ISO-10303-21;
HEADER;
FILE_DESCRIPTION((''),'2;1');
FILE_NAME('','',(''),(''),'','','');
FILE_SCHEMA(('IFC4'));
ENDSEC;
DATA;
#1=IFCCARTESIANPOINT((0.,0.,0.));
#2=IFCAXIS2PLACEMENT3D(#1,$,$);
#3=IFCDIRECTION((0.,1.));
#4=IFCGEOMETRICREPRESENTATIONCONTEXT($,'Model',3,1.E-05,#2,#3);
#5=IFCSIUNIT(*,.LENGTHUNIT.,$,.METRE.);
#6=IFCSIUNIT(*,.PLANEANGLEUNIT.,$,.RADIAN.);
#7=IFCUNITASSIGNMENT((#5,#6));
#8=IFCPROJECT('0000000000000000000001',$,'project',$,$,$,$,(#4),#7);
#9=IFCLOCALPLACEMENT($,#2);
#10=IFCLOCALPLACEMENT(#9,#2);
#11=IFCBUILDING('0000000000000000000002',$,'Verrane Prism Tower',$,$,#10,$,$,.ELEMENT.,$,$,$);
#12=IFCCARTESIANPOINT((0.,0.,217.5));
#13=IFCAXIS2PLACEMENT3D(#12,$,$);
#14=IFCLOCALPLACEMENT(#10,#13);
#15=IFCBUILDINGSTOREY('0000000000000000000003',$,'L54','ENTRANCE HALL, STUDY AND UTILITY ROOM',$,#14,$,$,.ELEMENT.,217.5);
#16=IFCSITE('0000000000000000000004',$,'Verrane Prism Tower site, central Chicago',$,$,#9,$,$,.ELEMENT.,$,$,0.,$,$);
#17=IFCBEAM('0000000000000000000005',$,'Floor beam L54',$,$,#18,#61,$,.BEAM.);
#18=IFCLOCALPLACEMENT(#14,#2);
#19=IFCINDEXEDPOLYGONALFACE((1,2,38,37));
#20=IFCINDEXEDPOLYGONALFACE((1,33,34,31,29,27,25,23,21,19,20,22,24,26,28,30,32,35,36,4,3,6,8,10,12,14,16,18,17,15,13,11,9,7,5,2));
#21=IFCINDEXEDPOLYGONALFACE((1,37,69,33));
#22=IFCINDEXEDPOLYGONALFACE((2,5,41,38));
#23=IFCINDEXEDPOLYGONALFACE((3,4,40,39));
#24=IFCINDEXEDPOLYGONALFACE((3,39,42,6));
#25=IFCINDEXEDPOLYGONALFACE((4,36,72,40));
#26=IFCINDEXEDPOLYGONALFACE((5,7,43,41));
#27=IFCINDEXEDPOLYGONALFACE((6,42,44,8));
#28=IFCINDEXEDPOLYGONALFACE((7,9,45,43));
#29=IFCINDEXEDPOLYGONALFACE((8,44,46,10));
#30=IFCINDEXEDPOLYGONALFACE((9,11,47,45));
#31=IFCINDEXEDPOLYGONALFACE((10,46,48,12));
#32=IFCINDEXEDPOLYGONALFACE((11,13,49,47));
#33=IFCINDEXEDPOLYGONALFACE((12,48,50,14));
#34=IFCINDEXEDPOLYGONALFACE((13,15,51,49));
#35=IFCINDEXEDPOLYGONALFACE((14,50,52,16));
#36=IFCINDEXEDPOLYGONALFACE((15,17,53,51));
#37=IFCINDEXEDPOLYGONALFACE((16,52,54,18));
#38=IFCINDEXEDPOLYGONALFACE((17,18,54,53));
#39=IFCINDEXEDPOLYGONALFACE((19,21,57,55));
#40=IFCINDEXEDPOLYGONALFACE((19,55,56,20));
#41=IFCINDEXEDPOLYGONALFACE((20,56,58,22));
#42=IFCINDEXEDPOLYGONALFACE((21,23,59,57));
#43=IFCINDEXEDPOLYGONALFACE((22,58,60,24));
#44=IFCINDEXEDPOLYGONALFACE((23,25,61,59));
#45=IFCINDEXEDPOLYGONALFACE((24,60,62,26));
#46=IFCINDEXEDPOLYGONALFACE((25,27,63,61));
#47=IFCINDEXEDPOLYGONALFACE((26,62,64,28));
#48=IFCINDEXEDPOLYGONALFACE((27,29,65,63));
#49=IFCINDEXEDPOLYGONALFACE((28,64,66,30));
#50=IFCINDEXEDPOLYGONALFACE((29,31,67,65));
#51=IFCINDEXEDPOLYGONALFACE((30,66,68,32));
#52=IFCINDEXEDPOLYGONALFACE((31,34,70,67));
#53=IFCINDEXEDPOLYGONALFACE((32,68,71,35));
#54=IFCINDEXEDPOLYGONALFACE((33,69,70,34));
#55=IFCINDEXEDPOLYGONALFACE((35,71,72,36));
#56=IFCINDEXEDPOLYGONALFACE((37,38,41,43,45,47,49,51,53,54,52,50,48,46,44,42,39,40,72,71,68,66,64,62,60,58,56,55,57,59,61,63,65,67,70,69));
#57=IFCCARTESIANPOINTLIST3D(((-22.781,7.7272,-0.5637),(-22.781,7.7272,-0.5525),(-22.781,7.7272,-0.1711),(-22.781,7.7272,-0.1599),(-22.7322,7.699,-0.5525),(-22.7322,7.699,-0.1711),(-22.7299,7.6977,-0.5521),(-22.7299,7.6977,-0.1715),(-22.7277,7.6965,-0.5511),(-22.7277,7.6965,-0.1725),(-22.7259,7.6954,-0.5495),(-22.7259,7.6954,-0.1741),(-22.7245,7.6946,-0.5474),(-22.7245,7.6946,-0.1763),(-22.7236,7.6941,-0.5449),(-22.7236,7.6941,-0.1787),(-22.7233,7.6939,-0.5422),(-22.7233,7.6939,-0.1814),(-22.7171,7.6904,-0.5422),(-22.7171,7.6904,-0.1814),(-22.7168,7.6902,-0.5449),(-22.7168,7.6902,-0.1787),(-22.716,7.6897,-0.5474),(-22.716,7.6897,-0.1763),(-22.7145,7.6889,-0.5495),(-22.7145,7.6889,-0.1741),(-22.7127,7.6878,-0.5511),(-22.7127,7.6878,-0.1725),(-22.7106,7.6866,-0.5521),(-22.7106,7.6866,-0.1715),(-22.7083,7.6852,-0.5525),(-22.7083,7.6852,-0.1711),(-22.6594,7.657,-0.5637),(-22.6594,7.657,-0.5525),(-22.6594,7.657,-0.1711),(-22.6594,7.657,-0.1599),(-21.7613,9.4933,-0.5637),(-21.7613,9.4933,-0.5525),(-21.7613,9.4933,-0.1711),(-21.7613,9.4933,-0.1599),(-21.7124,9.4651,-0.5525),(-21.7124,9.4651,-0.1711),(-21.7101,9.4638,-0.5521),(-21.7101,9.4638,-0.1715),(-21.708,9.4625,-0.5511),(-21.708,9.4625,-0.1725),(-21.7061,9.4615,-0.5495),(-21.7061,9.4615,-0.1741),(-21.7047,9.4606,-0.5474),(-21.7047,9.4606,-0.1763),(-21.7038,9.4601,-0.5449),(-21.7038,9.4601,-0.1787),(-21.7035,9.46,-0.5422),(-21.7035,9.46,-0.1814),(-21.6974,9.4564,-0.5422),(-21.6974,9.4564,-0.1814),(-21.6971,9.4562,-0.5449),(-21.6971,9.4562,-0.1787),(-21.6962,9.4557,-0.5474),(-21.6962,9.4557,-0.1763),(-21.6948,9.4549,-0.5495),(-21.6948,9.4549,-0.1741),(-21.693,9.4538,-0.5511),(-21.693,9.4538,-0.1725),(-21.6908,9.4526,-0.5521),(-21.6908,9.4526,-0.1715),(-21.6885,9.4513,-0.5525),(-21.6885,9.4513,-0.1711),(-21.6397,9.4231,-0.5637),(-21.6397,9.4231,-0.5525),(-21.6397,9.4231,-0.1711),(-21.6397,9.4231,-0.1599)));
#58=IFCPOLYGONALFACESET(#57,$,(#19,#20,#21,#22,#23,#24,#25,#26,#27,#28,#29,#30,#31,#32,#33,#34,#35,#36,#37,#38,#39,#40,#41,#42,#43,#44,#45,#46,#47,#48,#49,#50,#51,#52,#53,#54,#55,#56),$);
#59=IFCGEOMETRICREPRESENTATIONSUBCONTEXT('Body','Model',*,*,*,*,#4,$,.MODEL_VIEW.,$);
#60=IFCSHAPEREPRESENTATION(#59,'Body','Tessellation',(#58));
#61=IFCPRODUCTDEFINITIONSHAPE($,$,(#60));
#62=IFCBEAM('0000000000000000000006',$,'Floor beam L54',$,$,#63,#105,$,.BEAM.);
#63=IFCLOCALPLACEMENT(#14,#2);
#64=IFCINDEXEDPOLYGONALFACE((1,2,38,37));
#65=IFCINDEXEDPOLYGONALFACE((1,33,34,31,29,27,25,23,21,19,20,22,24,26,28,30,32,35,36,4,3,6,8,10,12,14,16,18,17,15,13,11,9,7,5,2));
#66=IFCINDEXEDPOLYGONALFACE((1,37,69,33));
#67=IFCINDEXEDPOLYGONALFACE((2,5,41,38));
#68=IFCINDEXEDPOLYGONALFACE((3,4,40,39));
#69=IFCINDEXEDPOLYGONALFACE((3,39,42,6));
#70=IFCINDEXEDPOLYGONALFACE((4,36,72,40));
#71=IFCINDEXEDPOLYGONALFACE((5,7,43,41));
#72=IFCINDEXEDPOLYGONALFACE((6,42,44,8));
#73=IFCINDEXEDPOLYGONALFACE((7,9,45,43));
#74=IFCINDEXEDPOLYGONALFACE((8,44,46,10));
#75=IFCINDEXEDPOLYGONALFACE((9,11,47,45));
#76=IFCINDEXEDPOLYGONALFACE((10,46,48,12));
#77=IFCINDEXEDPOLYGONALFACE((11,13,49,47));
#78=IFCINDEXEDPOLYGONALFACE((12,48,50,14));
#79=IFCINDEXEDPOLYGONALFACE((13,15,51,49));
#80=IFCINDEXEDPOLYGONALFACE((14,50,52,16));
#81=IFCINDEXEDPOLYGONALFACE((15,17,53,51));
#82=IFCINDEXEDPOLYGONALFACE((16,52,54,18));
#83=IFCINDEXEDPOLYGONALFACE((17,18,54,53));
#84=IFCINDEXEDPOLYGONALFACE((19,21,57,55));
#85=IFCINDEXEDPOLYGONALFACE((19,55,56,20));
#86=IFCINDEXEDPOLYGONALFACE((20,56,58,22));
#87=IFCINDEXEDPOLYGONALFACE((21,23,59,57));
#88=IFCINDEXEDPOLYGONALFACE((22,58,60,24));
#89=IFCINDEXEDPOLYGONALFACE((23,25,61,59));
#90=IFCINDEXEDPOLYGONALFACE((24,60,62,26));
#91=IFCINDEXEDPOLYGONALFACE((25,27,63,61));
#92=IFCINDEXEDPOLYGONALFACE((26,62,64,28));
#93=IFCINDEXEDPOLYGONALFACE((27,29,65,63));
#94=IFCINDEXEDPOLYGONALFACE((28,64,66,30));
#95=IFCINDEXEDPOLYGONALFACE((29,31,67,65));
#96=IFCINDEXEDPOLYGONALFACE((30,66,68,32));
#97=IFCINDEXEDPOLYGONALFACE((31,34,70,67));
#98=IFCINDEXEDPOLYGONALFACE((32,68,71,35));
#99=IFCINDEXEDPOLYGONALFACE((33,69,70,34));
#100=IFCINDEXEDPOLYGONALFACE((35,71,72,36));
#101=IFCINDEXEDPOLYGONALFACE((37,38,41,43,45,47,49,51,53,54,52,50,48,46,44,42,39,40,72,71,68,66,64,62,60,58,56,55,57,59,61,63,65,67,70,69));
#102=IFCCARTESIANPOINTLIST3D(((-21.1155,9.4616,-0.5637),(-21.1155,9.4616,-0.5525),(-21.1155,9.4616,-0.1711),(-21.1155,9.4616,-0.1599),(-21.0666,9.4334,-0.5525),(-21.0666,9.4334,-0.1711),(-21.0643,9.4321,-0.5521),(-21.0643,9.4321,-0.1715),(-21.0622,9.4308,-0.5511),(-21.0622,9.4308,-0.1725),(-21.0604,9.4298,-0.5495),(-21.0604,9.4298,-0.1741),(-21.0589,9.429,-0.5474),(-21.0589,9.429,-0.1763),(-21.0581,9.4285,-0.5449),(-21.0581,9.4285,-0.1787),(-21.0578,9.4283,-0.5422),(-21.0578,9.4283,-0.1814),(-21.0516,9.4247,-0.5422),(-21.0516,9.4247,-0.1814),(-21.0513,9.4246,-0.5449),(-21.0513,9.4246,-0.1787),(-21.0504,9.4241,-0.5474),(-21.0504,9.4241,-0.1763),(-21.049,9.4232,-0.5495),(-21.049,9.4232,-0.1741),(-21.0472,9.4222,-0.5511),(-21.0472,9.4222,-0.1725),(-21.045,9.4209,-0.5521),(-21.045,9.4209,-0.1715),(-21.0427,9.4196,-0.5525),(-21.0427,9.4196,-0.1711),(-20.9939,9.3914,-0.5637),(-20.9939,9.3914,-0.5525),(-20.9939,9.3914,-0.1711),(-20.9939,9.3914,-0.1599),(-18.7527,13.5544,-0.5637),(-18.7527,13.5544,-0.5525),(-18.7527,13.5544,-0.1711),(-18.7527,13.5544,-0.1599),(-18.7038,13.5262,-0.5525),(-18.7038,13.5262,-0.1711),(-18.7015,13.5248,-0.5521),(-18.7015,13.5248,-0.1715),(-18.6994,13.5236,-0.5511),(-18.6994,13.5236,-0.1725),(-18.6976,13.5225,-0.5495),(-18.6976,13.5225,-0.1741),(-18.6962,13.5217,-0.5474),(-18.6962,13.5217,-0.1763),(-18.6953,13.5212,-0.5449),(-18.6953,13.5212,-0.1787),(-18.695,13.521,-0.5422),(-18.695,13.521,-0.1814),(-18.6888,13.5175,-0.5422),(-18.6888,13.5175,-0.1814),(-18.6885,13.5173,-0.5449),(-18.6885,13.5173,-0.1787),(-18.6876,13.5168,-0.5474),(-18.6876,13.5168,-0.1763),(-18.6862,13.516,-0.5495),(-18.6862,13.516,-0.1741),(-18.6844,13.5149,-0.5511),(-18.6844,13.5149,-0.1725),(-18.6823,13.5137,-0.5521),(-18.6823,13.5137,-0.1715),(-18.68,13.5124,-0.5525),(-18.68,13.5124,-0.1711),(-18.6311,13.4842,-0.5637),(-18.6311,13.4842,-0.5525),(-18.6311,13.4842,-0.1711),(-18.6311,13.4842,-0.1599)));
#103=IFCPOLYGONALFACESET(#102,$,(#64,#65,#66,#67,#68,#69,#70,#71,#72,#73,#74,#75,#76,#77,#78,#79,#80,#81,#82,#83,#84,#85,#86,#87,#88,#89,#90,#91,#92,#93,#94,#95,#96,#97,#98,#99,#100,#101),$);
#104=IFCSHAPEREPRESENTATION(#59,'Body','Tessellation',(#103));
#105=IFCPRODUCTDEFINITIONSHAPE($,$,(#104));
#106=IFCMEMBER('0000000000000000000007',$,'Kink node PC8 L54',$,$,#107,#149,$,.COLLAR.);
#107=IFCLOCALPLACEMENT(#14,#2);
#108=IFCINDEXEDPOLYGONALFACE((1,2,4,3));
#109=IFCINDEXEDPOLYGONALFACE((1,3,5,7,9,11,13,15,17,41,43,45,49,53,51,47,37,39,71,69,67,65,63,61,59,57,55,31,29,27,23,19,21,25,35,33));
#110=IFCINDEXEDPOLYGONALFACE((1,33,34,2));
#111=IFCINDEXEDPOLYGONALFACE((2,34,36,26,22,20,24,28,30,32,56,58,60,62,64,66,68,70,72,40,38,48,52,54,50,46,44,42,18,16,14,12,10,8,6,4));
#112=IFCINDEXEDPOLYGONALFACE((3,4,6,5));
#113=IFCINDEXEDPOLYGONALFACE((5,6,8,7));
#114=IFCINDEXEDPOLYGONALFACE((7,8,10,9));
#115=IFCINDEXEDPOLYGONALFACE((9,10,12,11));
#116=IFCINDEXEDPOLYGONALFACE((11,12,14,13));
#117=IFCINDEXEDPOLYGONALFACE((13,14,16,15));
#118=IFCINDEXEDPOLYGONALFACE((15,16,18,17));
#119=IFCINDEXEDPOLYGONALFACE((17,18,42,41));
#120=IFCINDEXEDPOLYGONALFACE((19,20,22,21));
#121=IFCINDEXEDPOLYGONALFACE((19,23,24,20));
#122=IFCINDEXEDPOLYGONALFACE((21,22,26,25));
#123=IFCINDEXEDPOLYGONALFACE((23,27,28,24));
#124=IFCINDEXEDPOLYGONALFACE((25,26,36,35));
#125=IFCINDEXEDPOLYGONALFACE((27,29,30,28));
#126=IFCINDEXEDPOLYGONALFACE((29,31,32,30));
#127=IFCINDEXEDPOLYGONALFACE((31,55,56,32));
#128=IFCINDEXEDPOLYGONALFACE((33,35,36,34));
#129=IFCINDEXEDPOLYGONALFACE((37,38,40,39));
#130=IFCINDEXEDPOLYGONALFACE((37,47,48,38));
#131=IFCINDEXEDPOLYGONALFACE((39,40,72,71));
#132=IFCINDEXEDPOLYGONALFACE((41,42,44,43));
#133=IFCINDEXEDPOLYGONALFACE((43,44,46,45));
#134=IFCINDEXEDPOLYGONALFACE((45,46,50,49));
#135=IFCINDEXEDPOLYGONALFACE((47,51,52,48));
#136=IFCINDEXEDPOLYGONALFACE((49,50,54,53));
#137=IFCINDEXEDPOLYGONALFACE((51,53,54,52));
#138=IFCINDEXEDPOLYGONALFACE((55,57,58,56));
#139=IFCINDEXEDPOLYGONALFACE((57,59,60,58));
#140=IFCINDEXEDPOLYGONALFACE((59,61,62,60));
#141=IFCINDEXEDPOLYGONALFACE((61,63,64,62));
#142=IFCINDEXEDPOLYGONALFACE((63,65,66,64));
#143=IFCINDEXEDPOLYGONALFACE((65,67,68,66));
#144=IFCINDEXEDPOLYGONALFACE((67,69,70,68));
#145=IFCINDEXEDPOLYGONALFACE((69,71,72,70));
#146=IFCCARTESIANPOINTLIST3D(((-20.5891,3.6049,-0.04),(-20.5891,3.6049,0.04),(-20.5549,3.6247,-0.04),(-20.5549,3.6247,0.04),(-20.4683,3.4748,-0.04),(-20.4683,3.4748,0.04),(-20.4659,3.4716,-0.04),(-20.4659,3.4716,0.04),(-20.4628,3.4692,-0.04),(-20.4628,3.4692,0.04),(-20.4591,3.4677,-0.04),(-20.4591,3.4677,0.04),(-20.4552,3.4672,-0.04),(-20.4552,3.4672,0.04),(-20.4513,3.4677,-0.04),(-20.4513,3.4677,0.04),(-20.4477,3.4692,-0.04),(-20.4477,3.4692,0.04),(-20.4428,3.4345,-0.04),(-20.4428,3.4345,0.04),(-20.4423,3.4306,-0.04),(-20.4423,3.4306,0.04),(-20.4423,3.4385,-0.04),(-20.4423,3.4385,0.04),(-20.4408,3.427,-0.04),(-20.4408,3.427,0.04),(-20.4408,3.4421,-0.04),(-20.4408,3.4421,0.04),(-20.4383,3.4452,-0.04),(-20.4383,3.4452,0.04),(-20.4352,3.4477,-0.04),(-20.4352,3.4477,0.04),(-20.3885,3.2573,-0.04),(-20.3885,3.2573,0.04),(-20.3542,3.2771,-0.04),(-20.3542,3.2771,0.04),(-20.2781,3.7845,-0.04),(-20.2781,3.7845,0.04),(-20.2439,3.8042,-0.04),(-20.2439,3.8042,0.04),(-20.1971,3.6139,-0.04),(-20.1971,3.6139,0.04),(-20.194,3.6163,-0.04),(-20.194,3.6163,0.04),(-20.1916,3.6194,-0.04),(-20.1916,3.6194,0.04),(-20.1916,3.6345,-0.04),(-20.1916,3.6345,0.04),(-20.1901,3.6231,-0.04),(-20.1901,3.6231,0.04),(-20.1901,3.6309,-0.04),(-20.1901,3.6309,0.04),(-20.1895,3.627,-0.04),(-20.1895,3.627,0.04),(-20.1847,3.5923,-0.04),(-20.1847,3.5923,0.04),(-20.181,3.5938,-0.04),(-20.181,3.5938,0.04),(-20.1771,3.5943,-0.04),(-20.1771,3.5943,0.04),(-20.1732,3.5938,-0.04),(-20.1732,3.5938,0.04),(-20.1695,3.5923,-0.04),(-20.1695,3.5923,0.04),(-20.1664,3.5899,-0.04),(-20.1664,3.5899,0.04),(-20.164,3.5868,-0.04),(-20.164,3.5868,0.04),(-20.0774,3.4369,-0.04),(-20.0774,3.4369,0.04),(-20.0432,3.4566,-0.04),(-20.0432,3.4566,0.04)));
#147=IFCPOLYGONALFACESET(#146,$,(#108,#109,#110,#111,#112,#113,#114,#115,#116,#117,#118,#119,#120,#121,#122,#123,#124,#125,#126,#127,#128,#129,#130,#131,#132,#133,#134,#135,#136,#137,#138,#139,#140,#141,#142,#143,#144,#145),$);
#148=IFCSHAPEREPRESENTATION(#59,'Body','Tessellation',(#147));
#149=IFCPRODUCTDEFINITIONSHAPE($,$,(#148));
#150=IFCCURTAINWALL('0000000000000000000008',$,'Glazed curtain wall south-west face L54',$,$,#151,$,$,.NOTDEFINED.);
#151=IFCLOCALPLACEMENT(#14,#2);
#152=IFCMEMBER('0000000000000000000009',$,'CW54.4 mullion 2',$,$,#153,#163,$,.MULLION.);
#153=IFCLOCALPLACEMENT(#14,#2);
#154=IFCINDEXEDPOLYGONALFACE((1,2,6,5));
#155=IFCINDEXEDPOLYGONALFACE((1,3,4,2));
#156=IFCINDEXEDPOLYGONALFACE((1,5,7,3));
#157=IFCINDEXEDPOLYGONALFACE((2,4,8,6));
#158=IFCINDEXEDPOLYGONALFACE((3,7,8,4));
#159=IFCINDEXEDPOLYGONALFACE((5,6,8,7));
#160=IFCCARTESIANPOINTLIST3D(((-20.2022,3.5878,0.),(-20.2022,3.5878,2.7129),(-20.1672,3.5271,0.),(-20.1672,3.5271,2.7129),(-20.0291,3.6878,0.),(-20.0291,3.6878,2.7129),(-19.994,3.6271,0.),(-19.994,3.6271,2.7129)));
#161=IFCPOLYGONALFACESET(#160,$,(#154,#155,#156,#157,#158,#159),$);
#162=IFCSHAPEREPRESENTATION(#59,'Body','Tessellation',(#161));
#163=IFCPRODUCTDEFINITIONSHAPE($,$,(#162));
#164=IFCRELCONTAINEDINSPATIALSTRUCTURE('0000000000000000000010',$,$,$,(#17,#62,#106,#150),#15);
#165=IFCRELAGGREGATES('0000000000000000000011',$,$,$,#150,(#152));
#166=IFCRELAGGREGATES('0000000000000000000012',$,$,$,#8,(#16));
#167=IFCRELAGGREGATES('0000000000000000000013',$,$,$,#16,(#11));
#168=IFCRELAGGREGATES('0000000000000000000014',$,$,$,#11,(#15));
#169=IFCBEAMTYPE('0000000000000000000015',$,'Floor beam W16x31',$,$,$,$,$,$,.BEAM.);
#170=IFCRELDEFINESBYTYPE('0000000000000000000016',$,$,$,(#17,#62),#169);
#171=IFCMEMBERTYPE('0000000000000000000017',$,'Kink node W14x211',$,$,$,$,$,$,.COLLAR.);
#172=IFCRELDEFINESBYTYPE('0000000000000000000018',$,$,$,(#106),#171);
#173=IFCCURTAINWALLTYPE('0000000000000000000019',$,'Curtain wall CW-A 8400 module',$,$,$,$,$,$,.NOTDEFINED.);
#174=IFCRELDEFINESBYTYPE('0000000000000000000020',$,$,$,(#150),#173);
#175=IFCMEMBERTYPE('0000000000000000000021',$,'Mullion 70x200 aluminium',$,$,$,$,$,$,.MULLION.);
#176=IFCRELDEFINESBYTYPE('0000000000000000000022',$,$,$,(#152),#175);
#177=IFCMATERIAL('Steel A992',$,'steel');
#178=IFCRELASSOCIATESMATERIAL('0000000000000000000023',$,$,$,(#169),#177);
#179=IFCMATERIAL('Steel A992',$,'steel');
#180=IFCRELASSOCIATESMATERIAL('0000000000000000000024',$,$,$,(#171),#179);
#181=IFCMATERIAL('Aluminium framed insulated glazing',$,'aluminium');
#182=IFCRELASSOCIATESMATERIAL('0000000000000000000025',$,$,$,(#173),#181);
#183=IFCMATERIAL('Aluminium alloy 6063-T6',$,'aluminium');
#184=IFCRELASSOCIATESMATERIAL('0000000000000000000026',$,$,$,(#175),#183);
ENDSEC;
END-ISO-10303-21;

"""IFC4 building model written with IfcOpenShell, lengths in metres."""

from ifc_helpers import new_model, si_unit, direction, frame, origin, origin_2d, place, context, subcontext, project, spatial, rectangle, i_section, extrude, material, material_profile, profile_set, type_object, element, aggregate, save


model = new_model("IFC4")

# Units and contexts
model_context = context("Model", 3, precision=1e-05, world=origin(), true_north=direction((0.0, 1.0)))
body_context = subcontext(model_context, "Body", "Model", "MODEL_VIEW")
ifc_project = project(units=[si_unit("LENGTHUNIT", "METRE"), si_unit("PLANEANGLEUNIT", "RADIAN")], contexts=[model_context])

# Site, building, storey
site_placement = place(None, origin())
site = spatial("IfcSite", under=ifc_project, at=site_placement, Name="Verrane Prism Tower site, central Chicago", CompositionType="ELEMENT", RefElevation=0.0)
building_placement = place(site_placement, origin())
building = spatial("IfcBuilding", under=site, at=building_placement, Name="Verrane Prism Tower", CompositionType="ELEMENT")
storey_placement = place(building_placement, frame((0.0, 0.0, 217.5)))
storey = spatial("IfcBuildingStorey", under=building, at=storey_placement, Name="L54", Description="ENTRANCE HALL, STUDY AND UTILITY ROOM", CompositionType="ELEMENT", Elevation=217.5)

# Beams
ifc_material_1 = material(Name="Steel A992", Category="steel")
ifc_material_profile_1 = material_profile(ifc_material_1, i_section(OverallWidth=0.1404, OverallDepth=0.4038, WebThickness=0.0071, FlangeThickness=0.0112, FilletRadius=0.0103, at=origin_2d()), Name="W16x31")
ifc_profile_set_1 = profile_set([ifc_material_profile_1], Name="Steel A992")
beam_type_1 = type_object("IfcBeamType", Name="Floor beam W16x31", PredefinedType="BEAM", material=ifc_profile_set_1)
beam_1_placement = place(storey_placement, frame((-22.7202, 7.6921, -0.3618), z_axis=(0.50004, 0.866002, 0.0), x_axis=(-0.866002, 0.50004, 0.0)))
element("IfcBeam", 1, at=beam_1_placement, inside=storey, type_object=beam_type_1, Name="Floor beam L54", PredefinedType="BEAM", context=body_context, shape_type="SweptSolid", body=[
    extrude(i_section(OverallWidth=0.1404, OverallDepth=0.4038, WebThickness=0.0071, FlangeThickness=0.0112, FilletRadius=0.0103, at=origin_2d()), origin(), (0.0, 0.0, 1.0), 2.0393),
])
beam_2_placement = place(storey_placement, frame((-21.0547, 9.4265, -0.3618), z_axis=(0.499973, 0.866041, 0.0), x_axis=(-0.866041, 0.499973, 0.0)))
element("IfcBeam", 2, at=beam_2_placement, inside=storey, type_object=beam_type_1, Name="Floor beam L54", PredefinedType="BEAM", context=body_context, shape_type="SweptSolid", body=[
    extrude(i_section(OverallWidth=0.1404, OverallDepth=0.4038, WebThickness=0.0071, FlangeThickness=0.0112, FilletRadius=0.0103, at=origin_2d()), origin(), (0.0, 0.0, 1.0), 4.7258),
])

# Member
ifc_material_2 = material(Name="Steel A992", Category="steel")
ifc_material_profile_2 = material_profile(ifc_material_2, i_section(OverallWidth=0.4014, OverallDepth=0.3987, WebThickness=0.0249, FlangeThickness=0.0396, FilletRadius=0.0151, at=origin_2d()), Name="W14x211")
ifc_profile_set_2 = profile_set([ifc_material_profile_2], Name="Steel A992")
member_type_1 = type_object("IfcMemberType", Name="Kink node W14x211", PredefinedType="COLLAR", material=ifc_profile_set_2)
member_1_placement = place(storey_placement, frame((-20.3162, 3.5308, -0.04), z_axis=(0.0, 0.0, 1.0), x_axis=(-0.5, 0.866025, 0.0)))
element("IfcMember", 3, at=member_1_placement, inside=storey, type_object=member_type_1, Name="Kink node PC8 L54", PredefinedType="COLLAR", context=body_context, shape_type="SweptSolid", body=[
    extrude(i_section(OverallWidth=0.4014, OverallDepth=0.3987, WebThickness=0.0249, FlangeThickness=0.0396, FilletRadius=0.0151, at=origin_2d()), origin(), (0.0, 0.0, 1.0), 0.0801),
])

# Curtain wall, member
ifc_material_3 = material(Name="Aluminium framed insulated glazing", Category="aluminium")
curtain_wall_type = type_object("IfcCurtainWallType", Name="Curtain wall CW-A 8400 module", PredefinedType="NOTDEFINED", material=ifc_material_3)
curtain_wall_placement = place(storey_placement, origin())
curtain_wall = element("IfcCurtainWall", 4, at=curtain_wall_placement, inside=storey, type_object=curtain_wall_type, Name="Glazed curtain wall south-west face L54", PredefinedType="NOTDEFINED")
ifc_material_4 = material(Name="Aluminium alloy 6063-T6", Category="aluminium")
ifc_material_profile_3 = material_profile(ifc_material_4, rectangle(XDim=0.2, YDim=0.0701, at=origin_2d()), Name="Mullion 70x200 aluminium")
ifc_profile_set_3 = profile_set([ifc_material_profile_3], Name="Aluminium alloy 6063-T6")
member_type_2 = type_object("IfcMemberType", Name="Mullion 70x200 aluminium", PredefinedType="MULLION", material=ifc_profile_set_3)
member_2_placement = place(storey_placement, frame((-20.0981, 3.6074, 0.0), z_axis=(0.0, 0.0, 1.0), x_axis=(0.866025, 0.500001, 0.0)))
member_2 = element("IfcMember", 5, at=member_2_placement, type_object=member_type_2, Name="CW54.4 mullion 2", PredefinedType="MULLION", context=body_context, shape_type="SweptSolid", body=[
    extrude(rectangle(XDim=0.2, YDim=0.0701, at=origin_2d()), origin(), (0.0, 0.0, 1.0), 2.7129),
])

aggregate(curtain_wall, [member_2])

save(model, "model.ifc")
